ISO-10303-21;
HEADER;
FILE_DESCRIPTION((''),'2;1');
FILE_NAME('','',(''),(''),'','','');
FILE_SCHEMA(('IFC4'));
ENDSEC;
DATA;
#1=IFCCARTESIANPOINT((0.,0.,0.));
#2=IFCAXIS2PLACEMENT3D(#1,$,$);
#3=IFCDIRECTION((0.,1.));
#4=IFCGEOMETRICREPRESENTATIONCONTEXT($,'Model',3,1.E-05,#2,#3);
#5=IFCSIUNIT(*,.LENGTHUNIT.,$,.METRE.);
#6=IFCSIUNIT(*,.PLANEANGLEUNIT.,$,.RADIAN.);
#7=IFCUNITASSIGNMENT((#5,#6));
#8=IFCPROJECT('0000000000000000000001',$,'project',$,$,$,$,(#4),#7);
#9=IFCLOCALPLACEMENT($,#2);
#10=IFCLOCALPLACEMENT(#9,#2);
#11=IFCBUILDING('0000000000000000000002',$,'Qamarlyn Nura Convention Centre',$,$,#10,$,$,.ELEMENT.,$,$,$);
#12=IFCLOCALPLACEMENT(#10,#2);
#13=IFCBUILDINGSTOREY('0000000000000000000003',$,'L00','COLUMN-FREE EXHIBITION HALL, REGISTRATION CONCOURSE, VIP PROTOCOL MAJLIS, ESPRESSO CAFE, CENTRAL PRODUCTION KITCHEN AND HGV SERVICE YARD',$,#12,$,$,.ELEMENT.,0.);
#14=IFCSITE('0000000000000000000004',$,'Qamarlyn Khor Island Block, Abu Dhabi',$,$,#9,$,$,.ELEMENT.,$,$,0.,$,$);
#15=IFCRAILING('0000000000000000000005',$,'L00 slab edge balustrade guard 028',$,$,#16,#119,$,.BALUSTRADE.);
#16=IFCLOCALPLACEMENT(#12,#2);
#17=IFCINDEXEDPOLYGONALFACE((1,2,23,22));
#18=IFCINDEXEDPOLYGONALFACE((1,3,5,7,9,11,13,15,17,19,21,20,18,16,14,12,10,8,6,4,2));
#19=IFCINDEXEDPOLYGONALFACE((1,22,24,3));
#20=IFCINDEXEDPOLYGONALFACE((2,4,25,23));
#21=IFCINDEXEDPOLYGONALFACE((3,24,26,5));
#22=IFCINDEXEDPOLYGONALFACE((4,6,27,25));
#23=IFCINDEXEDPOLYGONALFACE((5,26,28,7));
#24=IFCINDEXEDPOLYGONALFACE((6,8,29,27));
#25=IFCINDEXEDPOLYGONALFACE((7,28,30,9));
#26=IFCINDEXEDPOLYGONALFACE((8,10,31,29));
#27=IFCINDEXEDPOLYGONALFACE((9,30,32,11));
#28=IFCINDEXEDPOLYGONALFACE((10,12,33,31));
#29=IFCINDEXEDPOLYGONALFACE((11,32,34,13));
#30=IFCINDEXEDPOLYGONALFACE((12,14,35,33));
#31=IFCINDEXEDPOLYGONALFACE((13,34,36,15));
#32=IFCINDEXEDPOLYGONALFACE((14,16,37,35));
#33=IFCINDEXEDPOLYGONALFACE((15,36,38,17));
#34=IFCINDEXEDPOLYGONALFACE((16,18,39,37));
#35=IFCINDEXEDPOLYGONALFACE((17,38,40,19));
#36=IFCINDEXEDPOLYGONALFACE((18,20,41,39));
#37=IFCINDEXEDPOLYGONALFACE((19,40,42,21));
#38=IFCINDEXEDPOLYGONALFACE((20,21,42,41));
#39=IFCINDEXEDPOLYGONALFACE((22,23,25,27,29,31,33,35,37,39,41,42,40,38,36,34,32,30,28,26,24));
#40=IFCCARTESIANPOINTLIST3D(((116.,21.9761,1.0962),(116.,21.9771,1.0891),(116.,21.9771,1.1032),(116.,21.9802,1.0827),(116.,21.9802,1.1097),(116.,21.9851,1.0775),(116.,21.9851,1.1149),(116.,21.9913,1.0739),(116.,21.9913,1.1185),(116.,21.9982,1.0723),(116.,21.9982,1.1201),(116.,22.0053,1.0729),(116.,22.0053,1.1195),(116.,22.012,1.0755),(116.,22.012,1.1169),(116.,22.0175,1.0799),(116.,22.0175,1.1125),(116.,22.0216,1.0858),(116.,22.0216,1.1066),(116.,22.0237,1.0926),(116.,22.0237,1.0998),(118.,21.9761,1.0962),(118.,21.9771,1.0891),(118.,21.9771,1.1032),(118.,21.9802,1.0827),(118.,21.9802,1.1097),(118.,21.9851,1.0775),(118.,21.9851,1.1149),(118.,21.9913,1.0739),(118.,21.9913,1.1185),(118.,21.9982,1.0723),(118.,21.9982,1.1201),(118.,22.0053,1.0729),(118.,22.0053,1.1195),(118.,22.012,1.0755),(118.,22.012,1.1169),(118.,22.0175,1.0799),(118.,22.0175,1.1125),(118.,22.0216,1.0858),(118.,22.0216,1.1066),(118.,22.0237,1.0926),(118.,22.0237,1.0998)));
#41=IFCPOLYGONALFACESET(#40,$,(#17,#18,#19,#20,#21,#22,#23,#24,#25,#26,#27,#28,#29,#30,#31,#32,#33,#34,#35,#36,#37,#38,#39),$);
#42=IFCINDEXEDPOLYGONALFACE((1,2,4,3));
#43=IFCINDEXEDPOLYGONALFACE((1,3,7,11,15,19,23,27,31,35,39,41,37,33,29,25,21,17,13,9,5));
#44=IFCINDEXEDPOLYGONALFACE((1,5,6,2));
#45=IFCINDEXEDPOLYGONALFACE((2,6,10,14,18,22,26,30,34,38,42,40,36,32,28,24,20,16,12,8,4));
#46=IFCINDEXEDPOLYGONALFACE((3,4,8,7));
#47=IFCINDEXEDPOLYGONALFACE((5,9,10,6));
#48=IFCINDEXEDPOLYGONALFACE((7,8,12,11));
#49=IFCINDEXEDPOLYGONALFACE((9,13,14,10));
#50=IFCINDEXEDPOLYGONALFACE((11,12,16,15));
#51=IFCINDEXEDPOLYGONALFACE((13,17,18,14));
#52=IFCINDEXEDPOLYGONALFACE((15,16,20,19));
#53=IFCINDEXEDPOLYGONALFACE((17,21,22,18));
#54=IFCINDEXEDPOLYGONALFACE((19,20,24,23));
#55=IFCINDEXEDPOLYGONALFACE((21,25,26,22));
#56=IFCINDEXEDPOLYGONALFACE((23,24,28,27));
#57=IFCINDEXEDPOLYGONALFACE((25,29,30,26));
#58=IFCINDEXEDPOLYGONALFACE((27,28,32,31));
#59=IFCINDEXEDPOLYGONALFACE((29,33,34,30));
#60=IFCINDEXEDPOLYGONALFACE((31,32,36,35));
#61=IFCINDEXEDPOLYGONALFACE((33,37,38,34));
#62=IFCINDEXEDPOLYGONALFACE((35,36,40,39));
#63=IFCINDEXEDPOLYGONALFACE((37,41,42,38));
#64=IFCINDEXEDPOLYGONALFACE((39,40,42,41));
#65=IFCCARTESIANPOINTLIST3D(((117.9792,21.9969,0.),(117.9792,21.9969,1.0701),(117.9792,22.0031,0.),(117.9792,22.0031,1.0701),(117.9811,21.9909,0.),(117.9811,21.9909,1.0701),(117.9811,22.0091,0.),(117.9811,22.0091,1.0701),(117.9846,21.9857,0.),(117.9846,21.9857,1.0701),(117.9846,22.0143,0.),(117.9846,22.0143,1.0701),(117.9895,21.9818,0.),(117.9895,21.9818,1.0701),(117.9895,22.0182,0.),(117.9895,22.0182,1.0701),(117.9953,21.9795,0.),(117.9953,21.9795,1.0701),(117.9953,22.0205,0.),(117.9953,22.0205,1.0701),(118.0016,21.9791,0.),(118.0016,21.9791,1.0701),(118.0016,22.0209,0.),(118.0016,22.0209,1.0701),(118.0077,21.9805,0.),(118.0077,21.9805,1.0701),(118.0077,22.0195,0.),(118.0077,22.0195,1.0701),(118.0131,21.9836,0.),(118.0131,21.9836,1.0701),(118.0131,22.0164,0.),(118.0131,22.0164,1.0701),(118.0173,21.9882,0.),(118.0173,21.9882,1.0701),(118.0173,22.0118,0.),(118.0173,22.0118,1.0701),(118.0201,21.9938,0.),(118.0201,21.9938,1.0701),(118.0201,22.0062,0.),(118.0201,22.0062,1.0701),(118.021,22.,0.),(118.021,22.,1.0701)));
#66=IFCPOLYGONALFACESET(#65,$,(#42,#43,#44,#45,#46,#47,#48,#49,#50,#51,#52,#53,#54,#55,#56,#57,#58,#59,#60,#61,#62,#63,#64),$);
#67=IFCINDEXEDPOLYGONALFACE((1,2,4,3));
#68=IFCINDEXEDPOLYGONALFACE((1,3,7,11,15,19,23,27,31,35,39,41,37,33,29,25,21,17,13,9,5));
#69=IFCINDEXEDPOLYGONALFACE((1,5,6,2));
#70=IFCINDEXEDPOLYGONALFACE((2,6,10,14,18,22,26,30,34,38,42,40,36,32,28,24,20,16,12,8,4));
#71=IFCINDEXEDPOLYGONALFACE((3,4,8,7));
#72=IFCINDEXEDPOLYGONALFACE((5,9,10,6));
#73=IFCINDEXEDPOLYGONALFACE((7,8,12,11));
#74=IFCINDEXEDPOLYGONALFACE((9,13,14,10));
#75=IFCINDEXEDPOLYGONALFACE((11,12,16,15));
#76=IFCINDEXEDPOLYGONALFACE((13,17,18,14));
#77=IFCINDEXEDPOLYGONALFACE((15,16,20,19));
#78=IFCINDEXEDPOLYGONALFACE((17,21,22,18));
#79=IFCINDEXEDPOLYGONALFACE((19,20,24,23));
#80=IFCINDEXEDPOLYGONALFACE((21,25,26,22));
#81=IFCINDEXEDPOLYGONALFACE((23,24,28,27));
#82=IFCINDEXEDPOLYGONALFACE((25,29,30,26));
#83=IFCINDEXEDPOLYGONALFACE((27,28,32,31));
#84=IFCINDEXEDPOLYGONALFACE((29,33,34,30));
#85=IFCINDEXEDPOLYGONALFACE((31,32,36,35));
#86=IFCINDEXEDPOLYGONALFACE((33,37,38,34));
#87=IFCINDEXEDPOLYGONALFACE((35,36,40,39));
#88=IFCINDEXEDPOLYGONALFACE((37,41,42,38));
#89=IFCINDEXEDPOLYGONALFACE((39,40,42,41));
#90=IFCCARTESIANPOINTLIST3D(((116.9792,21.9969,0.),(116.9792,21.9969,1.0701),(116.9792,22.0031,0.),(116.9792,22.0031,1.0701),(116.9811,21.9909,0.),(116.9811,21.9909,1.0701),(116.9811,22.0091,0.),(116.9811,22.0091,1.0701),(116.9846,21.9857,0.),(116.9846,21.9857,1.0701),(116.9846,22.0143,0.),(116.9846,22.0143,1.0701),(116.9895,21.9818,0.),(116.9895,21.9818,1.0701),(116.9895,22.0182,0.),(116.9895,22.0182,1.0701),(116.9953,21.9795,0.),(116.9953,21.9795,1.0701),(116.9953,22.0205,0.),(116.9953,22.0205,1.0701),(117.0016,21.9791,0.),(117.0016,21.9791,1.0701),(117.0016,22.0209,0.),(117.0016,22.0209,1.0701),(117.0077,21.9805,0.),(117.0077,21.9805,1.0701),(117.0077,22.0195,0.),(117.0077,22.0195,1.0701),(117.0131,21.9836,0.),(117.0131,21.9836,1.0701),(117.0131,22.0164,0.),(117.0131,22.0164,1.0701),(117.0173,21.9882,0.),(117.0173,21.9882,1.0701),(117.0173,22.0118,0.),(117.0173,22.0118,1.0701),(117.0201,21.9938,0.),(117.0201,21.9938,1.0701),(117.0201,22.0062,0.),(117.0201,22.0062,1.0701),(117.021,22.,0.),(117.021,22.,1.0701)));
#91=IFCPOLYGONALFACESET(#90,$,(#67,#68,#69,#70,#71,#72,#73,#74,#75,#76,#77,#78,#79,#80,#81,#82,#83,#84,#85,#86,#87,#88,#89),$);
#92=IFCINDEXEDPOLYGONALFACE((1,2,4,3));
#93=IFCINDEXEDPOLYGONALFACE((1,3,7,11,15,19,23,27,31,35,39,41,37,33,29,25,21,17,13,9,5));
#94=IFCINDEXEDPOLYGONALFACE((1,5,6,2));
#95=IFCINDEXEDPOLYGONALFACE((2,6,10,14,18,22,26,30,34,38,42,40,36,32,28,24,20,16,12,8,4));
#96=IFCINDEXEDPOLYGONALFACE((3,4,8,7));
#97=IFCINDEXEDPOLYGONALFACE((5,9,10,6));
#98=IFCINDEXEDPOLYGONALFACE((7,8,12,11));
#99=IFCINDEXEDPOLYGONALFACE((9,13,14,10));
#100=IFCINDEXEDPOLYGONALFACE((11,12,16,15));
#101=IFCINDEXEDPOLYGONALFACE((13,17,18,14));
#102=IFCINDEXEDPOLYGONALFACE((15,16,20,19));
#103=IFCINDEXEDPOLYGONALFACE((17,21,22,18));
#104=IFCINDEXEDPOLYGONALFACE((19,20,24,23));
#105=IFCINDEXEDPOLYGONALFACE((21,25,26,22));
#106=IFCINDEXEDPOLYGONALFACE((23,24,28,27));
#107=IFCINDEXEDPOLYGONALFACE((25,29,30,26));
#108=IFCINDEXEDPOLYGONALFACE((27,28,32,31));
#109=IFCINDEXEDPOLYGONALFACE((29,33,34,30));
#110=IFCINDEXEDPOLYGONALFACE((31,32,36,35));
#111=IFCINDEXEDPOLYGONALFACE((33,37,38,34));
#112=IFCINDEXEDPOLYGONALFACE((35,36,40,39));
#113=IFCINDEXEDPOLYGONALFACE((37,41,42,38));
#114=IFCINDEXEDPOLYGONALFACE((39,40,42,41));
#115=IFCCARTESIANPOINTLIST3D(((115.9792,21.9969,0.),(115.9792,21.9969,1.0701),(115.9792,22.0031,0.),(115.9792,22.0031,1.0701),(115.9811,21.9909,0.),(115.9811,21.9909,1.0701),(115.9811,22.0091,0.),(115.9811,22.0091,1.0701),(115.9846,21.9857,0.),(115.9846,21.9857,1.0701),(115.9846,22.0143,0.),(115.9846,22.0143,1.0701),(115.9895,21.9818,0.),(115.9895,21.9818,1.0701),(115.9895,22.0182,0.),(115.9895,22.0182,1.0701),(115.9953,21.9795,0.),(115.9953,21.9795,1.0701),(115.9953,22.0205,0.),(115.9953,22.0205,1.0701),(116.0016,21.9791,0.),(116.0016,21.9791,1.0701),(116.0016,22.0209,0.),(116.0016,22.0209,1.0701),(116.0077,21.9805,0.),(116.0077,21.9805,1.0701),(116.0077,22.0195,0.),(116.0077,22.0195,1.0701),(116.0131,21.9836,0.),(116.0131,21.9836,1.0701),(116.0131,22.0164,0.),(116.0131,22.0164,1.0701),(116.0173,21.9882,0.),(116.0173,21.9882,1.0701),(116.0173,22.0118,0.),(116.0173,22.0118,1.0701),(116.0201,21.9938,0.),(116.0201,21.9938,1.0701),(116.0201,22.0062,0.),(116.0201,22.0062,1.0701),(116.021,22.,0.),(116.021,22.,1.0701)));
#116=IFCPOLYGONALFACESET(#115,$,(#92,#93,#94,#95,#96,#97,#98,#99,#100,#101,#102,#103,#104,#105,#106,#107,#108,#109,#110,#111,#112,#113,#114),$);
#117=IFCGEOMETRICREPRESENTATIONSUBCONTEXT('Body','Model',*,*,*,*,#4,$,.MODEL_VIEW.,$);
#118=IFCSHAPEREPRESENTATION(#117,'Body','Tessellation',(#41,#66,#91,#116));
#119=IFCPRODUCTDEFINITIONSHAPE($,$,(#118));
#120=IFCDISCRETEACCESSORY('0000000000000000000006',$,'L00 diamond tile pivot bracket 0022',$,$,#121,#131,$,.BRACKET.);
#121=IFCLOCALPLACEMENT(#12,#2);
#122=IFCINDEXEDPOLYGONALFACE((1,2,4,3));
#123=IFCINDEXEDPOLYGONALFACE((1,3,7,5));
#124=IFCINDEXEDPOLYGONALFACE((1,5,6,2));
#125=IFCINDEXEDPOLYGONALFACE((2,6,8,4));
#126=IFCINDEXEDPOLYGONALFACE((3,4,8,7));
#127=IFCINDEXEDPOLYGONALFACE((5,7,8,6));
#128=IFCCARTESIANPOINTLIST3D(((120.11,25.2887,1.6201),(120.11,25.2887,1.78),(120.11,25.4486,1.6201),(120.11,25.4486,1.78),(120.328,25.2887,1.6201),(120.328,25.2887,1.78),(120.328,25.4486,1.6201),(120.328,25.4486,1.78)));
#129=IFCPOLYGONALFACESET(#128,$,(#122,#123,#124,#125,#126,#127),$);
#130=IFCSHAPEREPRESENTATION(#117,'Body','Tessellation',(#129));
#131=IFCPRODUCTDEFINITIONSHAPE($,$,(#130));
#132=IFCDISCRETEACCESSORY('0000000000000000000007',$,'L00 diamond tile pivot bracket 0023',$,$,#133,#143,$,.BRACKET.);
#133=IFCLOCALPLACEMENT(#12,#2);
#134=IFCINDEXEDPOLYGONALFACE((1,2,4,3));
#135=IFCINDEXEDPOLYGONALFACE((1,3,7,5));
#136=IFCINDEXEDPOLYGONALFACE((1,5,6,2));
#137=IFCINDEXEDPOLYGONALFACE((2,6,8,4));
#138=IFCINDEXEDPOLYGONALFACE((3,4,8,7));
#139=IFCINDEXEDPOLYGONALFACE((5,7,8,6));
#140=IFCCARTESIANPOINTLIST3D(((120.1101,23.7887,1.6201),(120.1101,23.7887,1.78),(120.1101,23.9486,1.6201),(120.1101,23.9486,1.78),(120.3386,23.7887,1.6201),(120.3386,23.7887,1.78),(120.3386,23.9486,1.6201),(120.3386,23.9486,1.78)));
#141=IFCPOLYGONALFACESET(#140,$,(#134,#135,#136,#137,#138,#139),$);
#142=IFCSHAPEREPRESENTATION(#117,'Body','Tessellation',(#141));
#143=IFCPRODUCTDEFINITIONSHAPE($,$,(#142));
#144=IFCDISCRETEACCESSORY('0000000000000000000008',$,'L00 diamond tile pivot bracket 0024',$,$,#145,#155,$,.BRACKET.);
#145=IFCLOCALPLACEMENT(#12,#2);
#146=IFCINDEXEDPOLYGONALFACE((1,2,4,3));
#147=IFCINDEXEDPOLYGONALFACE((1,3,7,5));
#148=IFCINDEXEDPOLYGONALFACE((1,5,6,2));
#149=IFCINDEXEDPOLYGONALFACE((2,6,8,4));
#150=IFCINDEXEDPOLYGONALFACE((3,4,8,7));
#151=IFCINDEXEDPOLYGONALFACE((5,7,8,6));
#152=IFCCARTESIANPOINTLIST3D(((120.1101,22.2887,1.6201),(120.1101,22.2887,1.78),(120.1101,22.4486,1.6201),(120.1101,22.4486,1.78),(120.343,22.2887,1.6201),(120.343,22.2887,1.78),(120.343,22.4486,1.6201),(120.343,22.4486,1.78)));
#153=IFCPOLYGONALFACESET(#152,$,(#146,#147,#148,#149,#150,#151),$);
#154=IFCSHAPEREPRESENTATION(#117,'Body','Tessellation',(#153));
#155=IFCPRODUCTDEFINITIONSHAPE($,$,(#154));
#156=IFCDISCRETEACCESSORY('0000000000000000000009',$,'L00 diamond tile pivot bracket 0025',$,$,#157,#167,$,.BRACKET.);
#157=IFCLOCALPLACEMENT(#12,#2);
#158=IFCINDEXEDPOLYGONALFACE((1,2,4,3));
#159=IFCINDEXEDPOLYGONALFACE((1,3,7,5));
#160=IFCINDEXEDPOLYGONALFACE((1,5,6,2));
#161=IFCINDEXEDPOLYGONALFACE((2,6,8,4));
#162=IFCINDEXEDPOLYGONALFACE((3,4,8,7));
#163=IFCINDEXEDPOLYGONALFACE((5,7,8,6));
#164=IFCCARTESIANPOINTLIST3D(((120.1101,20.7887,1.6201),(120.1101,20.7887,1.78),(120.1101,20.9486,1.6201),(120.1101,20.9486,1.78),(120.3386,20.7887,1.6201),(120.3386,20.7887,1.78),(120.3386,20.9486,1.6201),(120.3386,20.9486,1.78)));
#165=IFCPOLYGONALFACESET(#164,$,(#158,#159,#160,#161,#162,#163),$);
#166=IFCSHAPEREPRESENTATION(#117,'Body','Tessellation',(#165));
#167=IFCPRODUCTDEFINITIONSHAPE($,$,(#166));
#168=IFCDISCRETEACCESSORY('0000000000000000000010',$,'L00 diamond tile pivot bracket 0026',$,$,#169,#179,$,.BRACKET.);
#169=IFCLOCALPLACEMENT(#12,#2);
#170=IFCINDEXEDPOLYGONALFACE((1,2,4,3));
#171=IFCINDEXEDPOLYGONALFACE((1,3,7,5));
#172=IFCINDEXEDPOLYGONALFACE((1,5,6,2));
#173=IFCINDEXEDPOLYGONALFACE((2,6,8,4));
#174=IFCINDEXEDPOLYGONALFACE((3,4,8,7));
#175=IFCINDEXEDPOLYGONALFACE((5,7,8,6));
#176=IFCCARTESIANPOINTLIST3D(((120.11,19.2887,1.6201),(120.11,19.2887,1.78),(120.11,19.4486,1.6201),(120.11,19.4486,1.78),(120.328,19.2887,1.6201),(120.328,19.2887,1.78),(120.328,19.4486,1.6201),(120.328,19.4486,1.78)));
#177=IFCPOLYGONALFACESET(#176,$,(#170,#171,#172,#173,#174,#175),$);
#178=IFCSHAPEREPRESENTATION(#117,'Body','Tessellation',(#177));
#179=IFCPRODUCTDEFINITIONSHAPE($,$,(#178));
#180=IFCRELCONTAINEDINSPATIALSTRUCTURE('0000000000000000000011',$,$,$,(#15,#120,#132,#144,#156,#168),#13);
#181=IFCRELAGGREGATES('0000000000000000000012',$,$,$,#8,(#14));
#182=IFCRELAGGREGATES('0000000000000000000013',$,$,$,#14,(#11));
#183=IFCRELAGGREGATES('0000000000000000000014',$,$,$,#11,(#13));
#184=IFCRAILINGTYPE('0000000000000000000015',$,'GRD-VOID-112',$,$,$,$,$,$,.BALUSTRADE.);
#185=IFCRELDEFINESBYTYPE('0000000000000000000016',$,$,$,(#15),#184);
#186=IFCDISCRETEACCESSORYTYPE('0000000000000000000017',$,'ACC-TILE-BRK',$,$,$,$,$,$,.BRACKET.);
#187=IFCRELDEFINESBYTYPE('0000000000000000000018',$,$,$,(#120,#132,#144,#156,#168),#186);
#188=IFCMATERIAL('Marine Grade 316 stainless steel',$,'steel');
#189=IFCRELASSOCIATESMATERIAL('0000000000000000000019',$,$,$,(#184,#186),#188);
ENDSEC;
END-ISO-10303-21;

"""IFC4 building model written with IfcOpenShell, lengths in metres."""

from ifc_helpers import new_model, si_unit, direction, frame, origin, origin_2d, place, context, subcontext, project, spatial, rectangle, circle, extrude, material, type_object, element, save


model = new_model("IFC4")

# Units and contexts
model_context = context("Model", 3, precision=1e-05, world=origin(), true_north=direction((0.0, 1.0)))
body_context = subcontext(model_context, "Body", "Model", "MODEL_VIEW")
ifc_project = project(units=[si_unit("LENGTHUNIT", "METRE"), si_unit("PLANEANGLEUNIT", "RADIAN")], contexts=[model_context])

# Site, building, storey
site_placement = place(None, origin())
site = spatial("IfcSite", under=ifc_project, at=site_placement, Name="Qamarlyn Khor Island Block, Abu Dhabi", CompositionType="ELEMENT", RefElevation=0.0)
building_placement = place(site_placement, origin())
building = spatial("IfcBuilding", under=site, at=building_placement, Name="Qamarlyn Nura Convention Centre", CompositionType="ELEMENT")
storey_placement = place(building_placement, origin())
storey = spatial("IfcBuildingStorey", under=building, at=storey_placement, Name="L00", Description="COLUMN-FREE EXHIBITION HALL, REGISTRATION CONCOURSE, VIP PROTOCOL MAJLIS, ESPRESSO CAFE, CENTRAL PRODUCTION KITCHEN AND HGV SERVICE YARD", CompositionType="ELEMENT", Elevation=0.0)

# Railing
ifc_material_1 = material(Name="Marine Grade 316 stainless steel", Category="steel")
railing_type = type_object("IfcRailingType", Name="GRD-VOID-112", PredefinedType="BALUSTRADE", material=ifc_material_1)
railing_placement = place(storey_placement, frame((118.0, 22.0, 0.0)))
element("IfcRailing", 1, at=railing_placement, inside=storey, type_object=railing_type, Name="L00 slab edge balustrade guard 028", PredefinedType="BALUSTRADE", context=body_context, shape_type="SweptSolid", body=[
    extrude(circle(Radius=0.0239, at=origin_2d()), frame((0.0, 0.0, 1.0962), z_axis=(-1.0, 0.0, 0.0), x_axis=(0.0, -1.0, 0.0)), (0.0, 0.0, 1.0), 2.0),
    extrude(circle(Radius=0.021, at=origin_2d()), origin(), (0.0, 0.0, 1.0), 1.0701),
    extrude(circle(Radius=0.021, at=origin_2d()), frame((-1.0, 0.0, 0.0)), (0.0, 0.0, 1.0), 1.0701),
    extrude(circle(Radius=0.021, at=origin_2d()), frame((-2.0, 0.0, 0.0)), (0.0, 0.0, 1.0), 1.0701),
])

# Discrete accessories
discrete_accessory_type = type_object("IfcDiscreteAccessoryType", Name="ACC-TILE-BRK", PredefinedType="BRACKET", material=ifc_material_1)
discrete_accessory_1_placement = place(storey_placement, frame((120.219, 25.3687, 1.6201), z_axis=(0.0, 0.0, 1.0), x_axis=(1.0, 0.0, 0.0)))
element("IfcDiscreteAccessory", 2, at=discrete_accessory_1_placement, inside=storey, type_object=discrete_accessory_type, Name="L00 diamond tile pivot bracket 0022", PredefinedType="BRACKET", context=body_context, shape_type="SweptSolid", body=[
    extrude(rectangle(XDim=0.218, YDim=0.1599, at=origin_2d()), origin(), (0.0, 0.0, 1.0), 0.1599),
])
discrete_accessory_2_placement = place(storey_placement, frame((120.2244, 23.8687, 1.6201), z_axis=(0.0, 0.0, 1.0), x_axis=(1.0, 0.0, 0.0)))
element("IfcDiscreteAccessory", 3, at=discrete_accessory_2_placement, inside=storey, type_object=discrete_accessory_type, Name="L00 diamond tile pivot bracket 0023", PredefinedType="BRACKET", context=body_context, shape_type="SweptSolid", body=[
    extrude(rectangle(XDim=0.2285, YDim=0.1599, at=origin_2d()), origin(), (0.0, 0.0, 1.0), 0.1599),
])
discrete_accessory_3_placement = place(storey_placement, frame((120.2266, 22.3687, 1.6201), z_axis=(0.0, 0.0, 1.0), x_axis=(1.0, 0.0, 0.0)))
element("IfcDiscreteAccessory", 4, at=discrete_accessory_3_placement, inside=storey, type_object=discrete_accessory_type, Name="L00 diamond tile pivot bracket 0024", PredefinedType="BRACKET", context=body_context, shape_type="SweptSolid", body=[
    extrude(rectangle(XDim=0.2329, YDim=0.1599, at=origin_2d()), origin(), (0.0, 0.0, 1.0), 0.1599),
])
discrete_accessory_4_placement = place(storey_placement, frame((120.2244, 20.8687, 1.6201), z_axis=(0.0, 0.0, 1.0), x_axis=(1.0, 0.0, 0.0)))
element("IfcDiscreteAccessory", 5, at=discrete_accessory_4_placement, inside=storey, type_object=discrete_accessory_type, Name="L00 diamond tile pivot bracket 0025", PredefinedType="BRACKET", context=body_context, shape_type="SweptSolid", body=[
    extrude(rectangle(XDim=0.2285, YDim=0.1599, at=origin_2d()), origin(), (0.0, 0.0, 1.0), 0.1599),
])
discrete_accessory_5_placement = place(storey_placement, frame((120.219, 19.3687, 1.6201), z_axis=(0.0, 0.0, 1.0), x_axis=(1.0, 0.0, 0.0)))
element("IfcDiscreteAccessory", 6, at=discrete_accessory_5_placement, inside=storey, type_object=discrete_accessory_type, Name="L00 diamond tile pivot bracket 0026", PredefinedType="BRACKET", context=body_context, shape_type="SweptSolid", body=[
    extrude(rectangle(XDim=0.218, YDim=0.1599, at=origin_2d()), origin(), (0.0, 0.0, 1.0), 0.1599),
])

save(model, "model.ifc")
